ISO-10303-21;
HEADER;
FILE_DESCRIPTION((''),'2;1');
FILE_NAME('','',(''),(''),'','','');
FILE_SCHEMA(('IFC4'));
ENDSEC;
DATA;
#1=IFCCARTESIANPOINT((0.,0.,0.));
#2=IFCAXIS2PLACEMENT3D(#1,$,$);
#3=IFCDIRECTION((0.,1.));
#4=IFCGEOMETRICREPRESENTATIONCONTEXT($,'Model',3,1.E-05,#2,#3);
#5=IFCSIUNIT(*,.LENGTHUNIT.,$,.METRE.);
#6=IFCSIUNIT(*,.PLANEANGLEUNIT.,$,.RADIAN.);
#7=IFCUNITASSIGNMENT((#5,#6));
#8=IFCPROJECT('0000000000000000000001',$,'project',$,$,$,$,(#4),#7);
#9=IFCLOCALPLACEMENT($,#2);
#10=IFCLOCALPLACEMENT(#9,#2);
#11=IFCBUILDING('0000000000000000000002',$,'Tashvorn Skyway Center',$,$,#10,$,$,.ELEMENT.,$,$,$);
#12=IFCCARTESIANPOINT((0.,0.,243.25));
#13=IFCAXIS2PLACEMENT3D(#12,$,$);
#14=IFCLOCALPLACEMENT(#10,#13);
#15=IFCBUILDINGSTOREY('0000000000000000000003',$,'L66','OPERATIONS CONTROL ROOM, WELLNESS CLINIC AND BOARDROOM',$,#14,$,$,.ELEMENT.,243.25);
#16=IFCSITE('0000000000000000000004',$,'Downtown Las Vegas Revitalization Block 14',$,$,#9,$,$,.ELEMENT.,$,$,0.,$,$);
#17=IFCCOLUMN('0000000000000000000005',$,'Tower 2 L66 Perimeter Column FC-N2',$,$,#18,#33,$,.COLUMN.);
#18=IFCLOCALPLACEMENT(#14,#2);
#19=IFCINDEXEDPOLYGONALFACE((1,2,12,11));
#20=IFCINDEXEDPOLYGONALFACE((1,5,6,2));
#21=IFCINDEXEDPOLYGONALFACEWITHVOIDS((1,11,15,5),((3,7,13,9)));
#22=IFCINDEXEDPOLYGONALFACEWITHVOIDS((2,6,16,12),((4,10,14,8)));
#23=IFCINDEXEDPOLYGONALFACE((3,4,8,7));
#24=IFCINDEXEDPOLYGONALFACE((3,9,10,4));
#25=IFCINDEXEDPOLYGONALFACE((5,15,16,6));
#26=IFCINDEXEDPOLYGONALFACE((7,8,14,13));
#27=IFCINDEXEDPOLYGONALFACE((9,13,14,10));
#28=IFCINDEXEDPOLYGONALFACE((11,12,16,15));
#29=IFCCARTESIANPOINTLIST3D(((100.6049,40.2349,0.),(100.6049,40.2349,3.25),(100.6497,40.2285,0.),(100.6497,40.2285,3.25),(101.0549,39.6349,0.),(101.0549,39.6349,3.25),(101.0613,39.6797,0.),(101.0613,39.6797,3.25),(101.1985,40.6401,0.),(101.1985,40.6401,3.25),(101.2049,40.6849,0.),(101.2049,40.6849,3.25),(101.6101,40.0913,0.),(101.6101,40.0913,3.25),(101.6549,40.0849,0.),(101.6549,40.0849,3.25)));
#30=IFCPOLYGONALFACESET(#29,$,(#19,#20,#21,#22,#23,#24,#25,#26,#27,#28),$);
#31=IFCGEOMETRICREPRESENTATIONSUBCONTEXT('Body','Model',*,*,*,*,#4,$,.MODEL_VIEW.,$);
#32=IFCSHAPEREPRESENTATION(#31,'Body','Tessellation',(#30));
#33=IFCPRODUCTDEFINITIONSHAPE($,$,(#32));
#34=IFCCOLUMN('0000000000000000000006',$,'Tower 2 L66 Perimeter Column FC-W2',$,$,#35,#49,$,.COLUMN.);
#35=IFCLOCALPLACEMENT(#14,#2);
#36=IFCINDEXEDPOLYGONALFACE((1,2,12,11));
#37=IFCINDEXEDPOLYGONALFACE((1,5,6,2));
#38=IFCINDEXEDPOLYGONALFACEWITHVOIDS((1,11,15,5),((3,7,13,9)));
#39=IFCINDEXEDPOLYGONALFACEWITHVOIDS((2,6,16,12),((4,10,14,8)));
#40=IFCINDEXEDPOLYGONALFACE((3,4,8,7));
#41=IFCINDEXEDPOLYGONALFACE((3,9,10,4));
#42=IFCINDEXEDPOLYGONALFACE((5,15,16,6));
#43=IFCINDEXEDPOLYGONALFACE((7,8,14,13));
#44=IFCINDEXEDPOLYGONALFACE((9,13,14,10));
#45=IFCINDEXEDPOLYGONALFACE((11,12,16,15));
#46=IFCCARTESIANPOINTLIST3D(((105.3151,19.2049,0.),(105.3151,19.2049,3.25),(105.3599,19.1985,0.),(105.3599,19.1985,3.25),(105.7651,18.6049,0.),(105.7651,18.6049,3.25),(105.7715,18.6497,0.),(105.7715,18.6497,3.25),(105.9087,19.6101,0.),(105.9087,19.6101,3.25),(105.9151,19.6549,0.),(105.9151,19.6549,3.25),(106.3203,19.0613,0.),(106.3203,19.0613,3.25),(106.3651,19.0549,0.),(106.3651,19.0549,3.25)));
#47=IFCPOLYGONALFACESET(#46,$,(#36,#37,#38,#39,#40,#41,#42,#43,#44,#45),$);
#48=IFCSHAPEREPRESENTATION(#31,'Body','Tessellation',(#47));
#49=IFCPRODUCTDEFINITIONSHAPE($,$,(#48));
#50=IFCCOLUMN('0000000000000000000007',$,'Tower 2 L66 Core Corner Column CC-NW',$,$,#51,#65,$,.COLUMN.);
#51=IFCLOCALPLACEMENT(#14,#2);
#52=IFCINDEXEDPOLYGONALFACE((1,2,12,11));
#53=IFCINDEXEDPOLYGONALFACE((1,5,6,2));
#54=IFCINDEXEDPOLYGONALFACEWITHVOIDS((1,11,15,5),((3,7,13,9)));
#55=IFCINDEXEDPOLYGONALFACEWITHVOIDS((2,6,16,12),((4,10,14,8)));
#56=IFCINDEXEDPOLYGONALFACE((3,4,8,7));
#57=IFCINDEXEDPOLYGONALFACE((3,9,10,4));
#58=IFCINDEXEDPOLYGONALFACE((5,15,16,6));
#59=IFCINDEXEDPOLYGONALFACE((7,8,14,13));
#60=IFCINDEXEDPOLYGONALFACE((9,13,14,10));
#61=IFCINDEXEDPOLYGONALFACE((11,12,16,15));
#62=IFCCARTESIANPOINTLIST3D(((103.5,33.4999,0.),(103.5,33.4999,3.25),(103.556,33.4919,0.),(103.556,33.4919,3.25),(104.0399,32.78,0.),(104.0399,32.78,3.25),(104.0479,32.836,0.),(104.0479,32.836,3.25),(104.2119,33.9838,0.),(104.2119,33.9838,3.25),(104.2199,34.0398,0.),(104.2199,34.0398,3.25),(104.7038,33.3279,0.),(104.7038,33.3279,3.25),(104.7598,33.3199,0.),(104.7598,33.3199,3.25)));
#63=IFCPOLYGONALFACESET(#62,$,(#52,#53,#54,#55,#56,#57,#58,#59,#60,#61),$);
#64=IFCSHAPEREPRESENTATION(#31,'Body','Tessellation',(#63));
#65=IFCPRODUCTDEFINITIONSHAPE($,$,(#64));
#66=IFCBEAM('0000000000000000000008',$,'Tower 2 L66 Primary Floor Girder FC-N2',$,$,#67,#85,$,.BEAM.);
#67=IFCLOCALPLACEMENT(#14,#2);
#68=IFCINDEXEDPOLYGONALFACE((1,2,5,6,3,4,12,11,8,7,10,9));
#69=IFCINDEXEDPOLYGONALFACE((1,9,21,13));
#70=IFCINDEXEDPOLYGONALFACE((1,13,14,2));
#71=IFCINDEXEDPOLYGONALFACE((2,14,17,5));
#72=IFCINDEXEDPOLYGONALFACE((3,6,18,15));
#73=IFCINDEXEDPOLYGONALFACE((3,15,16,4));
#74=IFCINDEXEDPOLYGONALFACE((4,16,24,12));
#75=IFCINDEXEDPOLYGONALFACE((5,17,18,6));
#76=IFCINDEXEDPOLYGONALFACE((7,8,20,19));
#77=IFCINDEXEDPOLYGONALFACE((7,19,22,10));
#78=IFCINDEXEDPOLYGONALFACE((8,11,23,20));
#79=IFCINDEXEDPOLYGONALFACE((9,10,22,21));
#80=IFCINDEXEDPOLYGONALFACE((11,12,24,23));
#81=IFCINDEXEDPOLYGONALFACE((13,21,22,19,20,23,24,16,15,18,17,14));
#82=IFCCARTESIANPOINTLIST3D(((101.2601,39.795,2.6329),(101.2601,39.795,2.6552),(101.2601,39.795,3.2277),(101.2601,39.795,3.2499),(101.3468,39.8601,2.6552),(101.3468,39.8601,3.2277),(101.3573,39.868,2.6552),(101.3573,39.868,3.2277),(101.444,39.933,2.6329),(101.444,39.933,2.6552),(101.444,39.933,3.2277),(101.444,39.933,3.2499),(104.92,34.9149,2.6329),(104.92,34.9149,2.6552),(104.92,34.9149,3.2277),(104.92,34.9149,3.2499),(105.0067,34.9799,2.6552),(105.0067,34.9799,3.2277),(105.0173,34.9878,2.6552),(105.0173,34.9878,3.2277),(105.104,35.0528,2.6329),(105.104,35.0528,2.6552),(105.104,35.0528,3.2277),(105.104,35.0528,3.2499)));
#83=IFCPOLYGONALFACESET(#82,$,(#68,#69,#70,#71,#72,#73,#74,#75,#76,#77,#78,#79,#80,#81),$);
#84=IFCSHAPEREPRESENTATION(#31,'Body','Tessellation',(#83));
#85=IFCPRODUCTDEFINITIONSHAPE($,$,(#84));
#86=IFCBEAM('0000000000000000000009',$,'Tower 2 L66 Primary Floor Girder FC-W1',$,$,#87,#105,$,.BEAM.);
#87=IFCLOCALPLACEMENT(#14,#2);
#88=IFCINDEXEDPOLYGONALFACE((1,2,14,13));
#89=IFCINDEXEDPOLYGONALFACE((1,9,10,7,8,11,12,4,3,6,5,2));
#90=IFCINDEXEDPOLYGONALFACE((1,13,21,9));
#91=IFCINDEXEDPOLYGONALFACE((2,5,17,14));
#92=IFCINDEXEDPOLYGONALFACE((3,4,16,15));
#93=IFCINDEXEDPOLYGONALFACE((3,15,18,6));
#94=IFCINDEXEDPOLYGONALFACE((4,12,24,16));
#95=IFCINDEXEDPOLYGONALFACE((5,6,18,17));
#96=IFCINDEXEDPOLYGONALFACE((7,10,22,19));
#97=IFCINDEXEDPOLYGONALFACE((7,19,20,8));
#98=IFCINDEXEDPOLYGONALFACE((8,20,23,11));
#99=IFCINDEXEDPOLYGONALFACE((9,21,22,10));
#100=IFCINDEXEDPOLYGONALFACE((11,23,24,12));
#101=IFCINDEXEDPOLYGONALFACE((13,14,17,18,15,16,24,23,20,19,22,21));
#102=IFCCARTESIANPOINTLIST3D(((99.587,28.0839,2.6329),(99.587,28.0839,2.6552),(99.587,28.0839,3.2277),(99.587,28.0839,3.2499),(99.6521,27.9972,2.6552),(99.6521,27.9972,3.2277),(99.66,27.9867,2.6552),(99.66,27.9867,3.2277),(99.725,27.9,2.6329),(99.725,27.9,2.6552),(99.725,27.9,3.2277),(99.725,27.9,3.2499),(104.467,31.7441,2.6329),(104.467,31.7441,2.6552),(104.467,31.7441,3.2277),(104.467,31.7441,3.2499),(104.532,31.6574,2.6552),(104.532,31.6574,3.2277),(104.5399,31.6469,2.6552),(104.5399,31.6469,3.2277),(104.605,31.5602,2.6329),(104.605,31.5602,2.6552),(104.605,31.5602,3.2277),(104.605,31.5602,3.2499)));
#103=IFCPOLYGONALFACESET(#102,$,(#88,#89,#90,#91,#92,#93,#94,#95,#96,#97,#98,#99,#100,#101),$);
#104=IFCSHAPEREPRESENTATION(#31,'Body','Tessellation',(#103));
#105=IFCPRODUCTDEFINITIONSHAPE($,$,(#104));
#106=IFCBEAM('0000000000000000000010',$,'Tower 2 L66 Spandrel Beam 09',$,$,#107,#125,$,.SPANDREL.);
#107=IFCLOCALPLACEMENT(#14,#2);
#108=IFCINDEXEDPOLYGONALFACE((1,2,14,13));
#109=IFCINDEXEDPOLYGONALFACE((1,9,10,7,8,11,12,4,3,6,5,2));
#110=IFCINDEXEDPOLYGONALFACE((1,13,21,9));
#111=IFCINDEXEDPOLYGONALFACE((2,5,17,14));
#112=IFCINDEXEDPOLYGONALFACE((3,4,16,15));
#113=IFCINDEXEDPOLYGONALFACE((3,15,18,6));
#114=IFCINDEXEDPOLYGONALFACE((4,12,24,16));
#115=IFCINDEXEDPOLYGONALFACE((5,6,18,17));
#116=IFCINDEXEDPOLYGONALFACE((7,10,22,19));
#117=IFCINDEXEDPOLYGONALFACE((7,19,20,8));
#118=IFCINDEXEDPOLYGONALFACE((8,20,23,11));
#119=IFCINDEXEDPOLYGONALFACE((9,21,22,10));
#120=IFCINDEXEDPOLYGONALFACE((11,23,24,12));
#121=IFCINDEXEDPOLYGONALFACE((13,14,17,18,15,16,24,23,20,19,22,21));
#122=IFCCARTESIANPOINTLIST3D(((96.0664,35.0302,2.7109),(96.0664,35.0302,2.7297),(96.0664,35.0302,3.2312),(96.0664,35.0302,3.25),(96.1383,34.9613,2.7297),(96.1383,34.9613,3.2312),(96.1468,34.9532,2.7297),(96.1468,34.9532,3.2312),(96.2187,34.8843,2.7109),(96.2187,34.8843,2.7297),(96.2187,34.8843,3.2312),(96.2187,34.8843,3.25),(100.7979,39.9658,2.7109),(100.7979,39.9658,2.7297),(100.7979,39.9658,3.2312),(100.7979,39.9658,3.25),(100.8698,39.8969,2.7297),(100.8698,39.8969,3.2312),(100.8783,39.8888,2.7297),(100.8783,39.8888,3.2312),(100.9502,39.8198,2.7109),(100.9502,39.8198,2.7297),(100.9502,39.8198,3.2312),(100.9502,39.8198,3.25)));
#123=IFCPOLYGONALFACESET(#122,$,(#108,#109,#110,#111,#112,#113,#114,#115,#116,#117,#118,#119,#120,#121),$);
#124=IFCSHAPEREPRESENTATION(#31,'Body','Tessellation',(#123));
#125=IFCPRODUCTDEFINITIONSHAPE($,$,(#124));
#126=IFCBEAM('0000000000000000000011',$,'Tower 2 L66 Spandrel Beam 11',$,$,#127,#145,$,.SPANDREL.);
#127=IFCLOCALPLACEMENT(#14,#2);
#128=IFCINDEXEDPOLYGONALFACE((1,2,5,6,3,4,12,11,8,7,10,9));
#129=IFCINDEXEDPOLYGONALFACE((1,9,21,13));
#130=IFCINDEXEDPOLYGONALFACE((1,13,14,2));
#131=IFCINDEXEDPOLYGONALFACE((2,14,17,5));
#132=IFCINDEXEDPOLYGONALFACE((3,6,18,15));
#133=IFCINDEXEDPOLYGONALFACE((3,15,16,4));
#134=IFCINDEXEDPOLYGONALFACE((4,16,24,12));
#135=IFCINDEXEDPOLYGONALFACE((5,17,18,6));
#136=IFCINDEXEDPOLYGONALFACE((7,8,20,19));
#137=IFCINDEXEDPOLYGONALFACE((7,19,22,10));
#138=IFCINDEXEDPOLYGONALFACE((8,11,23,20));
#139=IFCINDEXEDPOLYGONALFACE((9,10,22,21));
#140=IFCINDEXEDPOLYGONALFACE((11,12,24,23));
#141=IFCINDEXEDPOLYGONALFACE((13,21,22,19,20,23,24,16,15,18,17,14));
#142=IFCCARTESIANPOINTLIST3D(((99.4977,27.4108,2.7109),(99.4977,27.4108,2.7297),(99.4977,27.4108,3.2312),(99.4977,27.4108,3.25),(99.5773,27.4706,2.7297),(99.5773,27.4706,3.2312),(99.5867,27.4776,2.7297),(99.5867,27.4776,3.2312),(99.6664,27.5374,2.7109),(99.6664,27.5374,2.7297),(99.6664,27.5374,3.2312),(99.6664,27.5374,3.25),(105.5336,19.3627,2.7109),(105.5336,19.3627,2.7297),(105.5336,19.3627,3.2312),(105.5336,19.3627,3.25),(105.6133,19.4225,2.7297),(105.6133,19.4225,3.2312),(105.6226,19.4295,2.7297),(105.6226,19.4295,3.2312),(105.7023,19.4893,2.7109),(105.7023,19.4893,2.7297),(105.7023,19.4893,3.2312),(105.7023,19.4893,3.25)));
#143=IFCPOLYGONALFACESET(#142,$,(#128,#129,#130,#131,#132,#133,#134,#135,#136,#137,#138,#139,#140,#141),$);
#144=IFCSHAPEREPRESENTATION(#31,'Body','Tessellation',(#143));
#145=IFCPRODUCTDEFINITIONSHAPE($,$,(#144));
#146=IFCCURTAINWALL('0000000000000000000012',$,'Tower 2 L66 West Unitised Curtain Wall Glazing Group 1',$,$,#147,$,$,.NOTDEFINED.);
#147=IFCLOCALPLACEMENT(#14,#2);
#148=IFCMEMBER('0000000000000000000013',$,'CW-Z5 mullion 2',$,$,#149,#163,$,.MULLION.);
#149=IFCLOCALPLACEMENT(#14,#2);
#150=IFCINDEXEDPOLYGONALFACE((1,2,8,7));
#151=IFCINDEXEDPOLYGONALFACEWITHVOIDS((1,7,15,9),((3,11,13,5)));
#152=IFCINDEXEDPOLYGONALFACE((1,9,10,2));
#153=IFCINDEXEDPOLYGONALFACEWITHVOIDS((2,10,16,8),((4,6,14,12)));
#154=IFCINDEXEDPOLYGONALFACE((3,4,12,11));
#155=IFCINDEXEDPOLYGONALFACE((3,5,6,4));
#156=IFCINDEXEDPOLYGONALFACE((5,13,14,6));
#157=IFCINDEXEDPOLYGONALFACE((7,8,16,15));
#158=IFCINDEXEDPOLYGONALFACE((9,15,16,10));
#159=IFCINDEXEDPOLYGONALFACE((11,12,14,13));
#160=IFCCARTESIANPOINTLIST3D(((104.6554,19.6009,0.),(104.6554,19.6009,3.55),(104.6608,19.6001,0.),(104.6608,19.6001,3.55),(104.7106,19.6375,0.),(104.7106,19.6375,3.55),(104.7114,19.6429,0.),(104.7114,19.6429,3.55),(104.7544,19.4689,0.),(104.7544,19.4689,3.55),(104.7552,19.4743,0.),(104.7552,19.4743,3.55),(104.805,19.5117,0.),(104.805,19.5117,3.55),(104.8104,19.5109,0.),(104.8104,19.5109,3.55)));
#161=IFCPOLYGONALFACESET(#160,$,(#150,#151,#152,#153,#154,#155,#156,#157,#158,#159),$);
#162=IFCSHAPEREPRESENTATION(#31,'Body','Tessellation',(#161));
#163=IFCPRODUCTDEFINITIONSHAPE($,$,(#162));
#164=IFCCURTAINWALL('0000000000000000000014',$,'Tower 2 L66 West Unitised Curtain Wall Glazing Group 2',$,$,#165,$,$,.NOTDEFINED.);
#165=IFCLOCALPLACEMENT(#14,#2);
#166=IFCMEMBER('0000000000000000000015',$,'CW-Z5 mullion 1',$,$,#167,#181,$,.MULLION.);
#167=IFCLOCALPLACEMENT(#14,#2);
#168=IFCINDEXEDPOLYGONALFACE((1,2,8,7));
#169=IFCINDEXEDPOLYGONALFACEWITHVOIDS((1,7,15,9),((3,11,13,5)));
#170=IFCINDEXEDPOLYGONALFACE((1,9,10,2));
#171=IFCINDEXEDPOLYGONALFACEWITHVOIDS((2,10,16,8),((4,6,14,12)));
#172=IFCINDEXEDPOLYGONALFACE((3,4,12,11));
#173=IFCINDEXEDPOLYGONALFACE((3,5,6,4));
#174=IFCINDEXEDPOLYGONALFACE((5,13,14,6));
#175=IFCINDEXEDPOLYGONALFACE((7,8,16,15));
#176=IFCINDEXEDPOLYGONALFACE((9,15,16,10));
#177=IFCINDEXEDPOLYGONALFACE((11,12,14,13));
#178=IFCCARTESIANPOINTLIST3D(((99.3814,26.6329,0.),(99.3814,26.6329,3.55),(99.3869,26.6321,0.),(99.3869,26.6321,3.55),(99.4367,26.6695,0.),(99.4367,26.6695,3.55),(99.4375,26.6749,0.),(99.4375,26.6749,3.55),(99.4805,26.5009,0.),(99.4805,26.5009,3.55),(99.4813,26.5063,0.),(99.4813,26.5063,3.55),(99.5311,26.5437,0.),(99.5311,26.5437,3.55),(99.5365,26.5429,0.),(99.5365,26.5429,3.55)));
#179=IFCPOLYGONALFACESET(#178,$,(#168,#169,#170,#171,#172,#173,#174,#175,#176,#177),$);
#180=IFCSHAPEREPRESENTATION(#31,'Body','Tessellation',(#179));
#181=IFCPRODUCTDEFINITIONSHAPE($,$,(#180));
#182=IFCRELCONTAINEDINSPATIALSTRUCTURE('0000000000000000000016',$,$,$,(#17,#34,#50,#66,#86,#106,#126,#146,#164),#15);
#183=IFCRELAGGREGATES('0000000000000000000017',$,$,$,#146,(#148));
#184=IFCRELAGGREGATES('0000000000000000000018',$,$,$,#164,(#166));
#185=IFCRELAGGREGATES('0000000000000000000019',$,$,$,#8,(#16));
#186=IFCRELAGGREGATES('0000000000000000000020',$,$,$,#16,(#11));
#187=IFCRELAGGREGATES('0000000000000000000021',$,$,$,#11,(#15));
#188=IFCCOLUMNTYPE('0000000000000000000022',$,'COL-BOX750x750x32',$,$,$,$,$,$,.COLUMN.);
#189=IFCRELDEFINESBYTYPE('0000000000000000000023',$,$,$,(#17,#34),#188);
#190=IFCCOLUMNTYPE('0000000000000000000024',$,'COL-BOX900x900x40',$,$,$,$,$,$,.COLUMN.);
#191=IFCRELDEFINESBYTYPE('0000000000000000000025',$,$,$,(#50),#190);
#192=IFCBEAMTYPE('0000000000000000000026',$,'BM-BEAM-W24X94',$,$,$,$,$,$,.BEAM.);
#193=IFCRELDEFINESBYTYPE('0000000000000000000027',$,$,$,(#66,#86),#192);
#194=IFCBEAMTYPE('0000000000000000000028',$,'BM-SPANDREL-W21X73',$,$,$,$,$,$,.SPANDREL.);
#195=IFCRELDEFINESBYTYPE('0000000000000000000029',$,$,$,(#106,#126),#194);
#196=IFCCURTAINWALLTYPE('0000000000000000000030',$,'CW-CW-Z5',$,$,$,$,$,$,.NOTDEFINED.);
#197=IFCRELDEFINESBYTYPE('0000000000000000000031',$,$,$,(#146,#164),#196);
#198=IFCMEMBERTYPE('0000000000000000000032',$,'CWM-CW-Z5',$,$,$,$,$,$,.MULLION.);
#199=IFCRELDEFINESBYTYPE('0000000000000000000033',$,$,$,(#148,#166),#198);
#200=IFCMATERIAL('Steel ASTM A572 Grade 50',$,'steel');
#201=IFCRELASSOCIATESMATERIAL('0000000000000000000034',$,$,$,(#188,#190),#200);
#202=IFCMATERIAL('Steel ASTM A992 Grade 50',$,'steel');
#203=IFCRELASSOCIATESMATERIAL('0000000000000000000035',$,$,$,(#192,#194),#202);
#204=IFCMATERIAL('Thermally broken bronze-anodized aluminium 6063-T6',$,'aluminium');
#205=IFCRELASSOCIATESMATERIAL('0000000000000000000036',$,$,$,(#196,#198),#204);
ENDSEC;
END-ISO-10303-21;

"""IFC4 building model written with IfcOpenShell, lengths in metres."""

from ifc_helpers import new_model, si_unit, direction, frame, origin, origin_2d, place, context, subcontext, project, spatial, hollow_rectangle, i_section, extrude, material, material_profile, profile_set, type_object, element, aggregate, save


model = new_model("IFC4")

# Units and contexts
model_context = context("Model", 3, precision=1e-05, world=origin(), true_north=direction((0.0, 1.0)))
body_context = subcontext(model_context, "Body", "Model", "MODEL_VIEW")
ifc_project = project(units=[si_unit("LENGTHUNIT", "METRE"), si_unit("PLANEANGLEUNIT", "RADIAN")], contexts=[model_context])

# Site, building, storey
site_placement = place(None, origin())
site = spatial("IfcSite", under=ifc_project, at=site_placement, Name="Downtown Las Vegas Revitalization Block 14", CompositionType="ELEMENT", RefElevation=0.0)
building_placement = place(site_placement, origin())
building = spatial("IfcBuilding", under=site, at=building_placement, Name="Tashvorn Skyway Center", CompositionType="ELEMENT")
storey_placement = place(building_placement, frame((0.0, 0.0, 243.25)))
storey = spatial("IfcBuildingStorey", under=building, at=storey_placement, Name="L66", Description="OPERATIONS CONTROL ROOM, WELLNESS CLINIC AND BOARDROOM", CompositionType="ELEMENT", Elevation=243.25)

# Columns
ifc_material_1 = material(Name="Steel ASTM A572 Grade 50", Category="steel")
ifc_material_profile_1 = material_profile(ifc_material_1, hollow_rectangle(XDim=0.75, YDim=0.75, WallThickness=0.032, at=origin_2d()), Name="BOX750x750x32")
ifc_profile_set_1 = profile_set([ifc_material_profile_1], Name="Steel ASTM A572 Grade 50")
column_type_1 = type_object("IfcColumnType", Name="COL-BOX750x750x32", PredefinedType="COLUMN", material=ifc_profile_set_1)
for number, where, z_axis, x_axis, name in (
    (1, (101.1299, 40.1599, 0.0), (0.0, 0.0, 1.0), (0.8, 0.6, 0.0), "Tower 2 L66 Perimeter Column FC-N2"),
    (2, (105.8401, 19.1299, 0.0), (0.0, 0.0, 1.0), (0.8, 0.6, 0.0), "Tower 2 L66 Perimeter Column FC-W2"),
):
    element("IfcColumn", number, at=place(storey_placement, frame(where, z_axis=z_axis, x_axis=x_axis)), inside=storey, type_object=column_type_1, Name=name, PredefinedType="COLUMN", context=body_context, shape_type="SweptSolid", body=[
        extrude(hollow_rectangle(XDim=0.75, YDim=0.75, WallThickness=0.032, at=origin_2d()), origin(), (0.0, 0.0, 1.0), 3.25),
    ])
ifc_material_profile_2 = material_profile(ifc_material_1, hollow_rectangle(XDim=0.8999, YDim=0.8999, WallThickness=0.04, at=origin_2d()), Name="BOX900x900x40")
ifc_profile_set_2 = profile_set([ifc_material_profile_2], Name="Steel ASTM A572 Grade 50")
column_type_2 = type_object("IfcColumnType", Name="COL-BOX900x900x40", PredefinedType="COLUMN", material=ifc_profile_set_2)
column_placement = place(storey_placement, frame((104.1299, 33.4099, 0.0), z_axis=(0.0, 0.0, 1.0), x_axis=(0.8, 0.6, 0.0)))
element("IfcColumn", 3, at=column_placement, inside=storey, type_object=column_type_2, Name="Tower 2 L66 Core Corner Column CC-NW", PredefinedType="COLUMN", context=body_context, shape_type="SweptSolid", body=[
    extrude(hollow_rectangle(XDim=0.8999, YDim=0.8999, WallThickness=0.04, at=origin_2d()), origin(), (0.0, 0.0, 1.0), 3.25),
])

# Beams
ifc_material_2 = material(Name="Steel ASTM A992 Grade 50", Category="steel")
ifc_material_profile_3 = material_profile(ifc_material_2, i_section(OverallWidth=0.23, OverallDepth=0.6169, WebThickness=0.0132, FlangeThickness=0.0222, at=origin_2d()), Name="W24X94")
ifc_profile_set_3 = profile_set([ifc_material_profile_3], Name="Steel ASTM A992 Grade 50")
beam_type_1 = type_object("IfcBeamType", Name="BM-BEAM-W24X94", PredefinedType="BEAM", material=ifc_profile_set_3)
for number, where, z_axis, x_axis, name in (
    (4, (101.3521, 39.864, 2.9414), (0.599981, -0.800014, 0.0), (0.800014, 0.599981, 0.0), "Tower 2 L66 Primary Floor Girder FC-N2"),
    (5, (99.656, 27.9919, 2.9414), (0.799981, 0.600026, 0.0), (-0.600026, 0.799981, 0.0), "Tower 2 L66 Primary Floor Girder FC-W1"),
):
    element("IfcBeam", number, at=place(storey_placement, frame(where, z_axis=z_axis, x_axis=x_axis)), inside=storey, type_object=beam_type_1, Name=name, PredefinedType="BEAM", context=body_context, shape_type="SweptSolid", body=[
        extrude(i_section(OverallWidth=0.23, OverallDepth=0.6169, WebThickness=0.0132, FlangeThickness=0.0222, at=origin_2d()), origin(), (0.0, 0.0, 1.0), 6.1001),
    ])
ifc_material_profile_4 = material_profile(ifc_material_2, i_section(OverallWidth=0.2109, OverallDepth=0.5391, WebThickness=0.0117, FlangeThickness=0.0188, at=origin_2d()), Name="W21X73")
ifc_profile_set_4 = profile_set([ifc_material_profile_4], Name="Steel ASTM A992 Grade 50")
beam_type_2 = type_object("IfcBeamType", Name="BM-SPANDREL-W21X73", PredefinedType="SPANDREL", material=ifc_profile_set_4)
beam_1_placement = place(storey_placement, frame((100.874, 39.8928, 2.9805), z_axis=(-0.692023, -0.721875, 0.0), x_axis=(0.721875, -0.692023, 0.0)))
element("IfcBeam", 6, at=beam_1_placement, inside=storey, type_object=beam_type_2, Name="Tower 2 L66 Spandrel Beam 09", PredefinedType="SPANDREL", context=body_context, shape_type="SweptSolid", body=[
    extrude(i_section(OverallWidth=0.2109, OverallDepth=0.5391, WebThickness=0.0117, FlangeThickness=0.0188, at=origin_2d()), origin(), (0.0, 0.0, 1.0), 6.8372),
])
beam_2_placement = place(storey_placement, frame((99.582, 27.4741, 2.9805), z_axis=(0.599988, -0.800009, 0.0), x_axis=(0.800009, 0.599988, 0.0)))
element("IfcBeam", 7, at=beam_2_placement, inside=storey, type_object=beam_type_2, Name="Tower 2 L66 Spandrel Beam 11", PredefinedType="SPANDREL", context=body_context, shape_type="SweptSolid", body=[
    extrude(i_section(OverallWidth=0.2109, OverallDepth=0.5391, WebThickness=0.0117, FlangeThickness=0.0188, at=origin_2d()), origin(), (0.0, 0.0, 1.0), 10.0601),
])

# Curtain walls, members
ifc_material_3 = material(Name="Thermally broken bronze-anodized aluminium 6063-T6", Category="aluminium")
curtain_wall_type = type_object("IfcCurtainWallType", Name="CW-CW-Z5", PredefinedType="NOTDEFINED", material=ifc_material_3)
curtain_wall_1_placement = place(storey_placement, origin())
curtain_wall_1 = element("IfcCurtainWall", 8, at=curtain_wall_1_placement, inside=storey, type_object=curtain_wall_type, Name="Tower 2 L66 West Unitised Curtain Wall Glazing Group 1", PredefinedType="NOTDEFINED")
ifc_material_profile_5 = material_profile(ifc_material_3, hollow_rectangle(XDim=0.0701, YDim=0.165, WallThickness=0.0039, at=origin_2d()), Name="ALU-MULL-70x165")
ifc_profile_set_5 = profile_set([ifc_material_profile_5], Name="Thermally broken bronze-anodized aluminium 6063-T6")
member_type = type_object("IfcMemberType", Name="CWM-CW-Z5", PredefinedType="MULLION", material=ifc_profile_set_5)
member_1_placement = place(storey_placement, frame((104.7329, 19.5559, 0.0), z_axis=(0.0, 0.0, 1.0), x_axis=(-0.8, -0.6, 0.0)))
member_1 = element("IfcMember", 9, at=member_1_placement, type_object=member_type, Name="CW-Z5 mullion 2", PredefinedType="MULLION", context=body_context, shape_type="SweptSolid", body=[
    extrude(hollow_rectangle(XDim=0.0701, YDim=0.165, WallThickness=0.0039, at=origin_2d()), origin(), (0.0, 0.0, 1.0), 3.55),
])
aggregate(curtain_wall_1, [member_1])
curtain_wall_2_placement = place(storey_placement, origin())
curtain_wall_2 = element("IfcCurtainWall", 10, at=curtain_wall_2_placement, inside=storey, type_object=curtain_wall_type, Name="Tower 2 L66 West Unitised Curtain Wall Glazing Group 2", PredefinedType="NOTDEFINED")
member_2_placement = place(storey_placement, frame((99.459, 26.5879, 0.0), z_axis=(0.0, 0.0, 1.0), x_axis=(-0.8, -0.6, 0.0)))
member_2 = element("IfcMember", 11, at=member_2_placement, type_object=member_type, Name="CW-Z5 mullion 1", PredefinedType="MULLION", context=body_context, shape_type="SweptSolid", body=[
    extrude(hollow_rectangle(XDim=0.0701, YDim=0.165, WallThickness=0.0039, at=origin_2d()), origin(), (0.0, 0.0, 1.0), 3.55),
])
aggregate(curtain_wall_2, [member_2])

save(model, "model.ifc")
